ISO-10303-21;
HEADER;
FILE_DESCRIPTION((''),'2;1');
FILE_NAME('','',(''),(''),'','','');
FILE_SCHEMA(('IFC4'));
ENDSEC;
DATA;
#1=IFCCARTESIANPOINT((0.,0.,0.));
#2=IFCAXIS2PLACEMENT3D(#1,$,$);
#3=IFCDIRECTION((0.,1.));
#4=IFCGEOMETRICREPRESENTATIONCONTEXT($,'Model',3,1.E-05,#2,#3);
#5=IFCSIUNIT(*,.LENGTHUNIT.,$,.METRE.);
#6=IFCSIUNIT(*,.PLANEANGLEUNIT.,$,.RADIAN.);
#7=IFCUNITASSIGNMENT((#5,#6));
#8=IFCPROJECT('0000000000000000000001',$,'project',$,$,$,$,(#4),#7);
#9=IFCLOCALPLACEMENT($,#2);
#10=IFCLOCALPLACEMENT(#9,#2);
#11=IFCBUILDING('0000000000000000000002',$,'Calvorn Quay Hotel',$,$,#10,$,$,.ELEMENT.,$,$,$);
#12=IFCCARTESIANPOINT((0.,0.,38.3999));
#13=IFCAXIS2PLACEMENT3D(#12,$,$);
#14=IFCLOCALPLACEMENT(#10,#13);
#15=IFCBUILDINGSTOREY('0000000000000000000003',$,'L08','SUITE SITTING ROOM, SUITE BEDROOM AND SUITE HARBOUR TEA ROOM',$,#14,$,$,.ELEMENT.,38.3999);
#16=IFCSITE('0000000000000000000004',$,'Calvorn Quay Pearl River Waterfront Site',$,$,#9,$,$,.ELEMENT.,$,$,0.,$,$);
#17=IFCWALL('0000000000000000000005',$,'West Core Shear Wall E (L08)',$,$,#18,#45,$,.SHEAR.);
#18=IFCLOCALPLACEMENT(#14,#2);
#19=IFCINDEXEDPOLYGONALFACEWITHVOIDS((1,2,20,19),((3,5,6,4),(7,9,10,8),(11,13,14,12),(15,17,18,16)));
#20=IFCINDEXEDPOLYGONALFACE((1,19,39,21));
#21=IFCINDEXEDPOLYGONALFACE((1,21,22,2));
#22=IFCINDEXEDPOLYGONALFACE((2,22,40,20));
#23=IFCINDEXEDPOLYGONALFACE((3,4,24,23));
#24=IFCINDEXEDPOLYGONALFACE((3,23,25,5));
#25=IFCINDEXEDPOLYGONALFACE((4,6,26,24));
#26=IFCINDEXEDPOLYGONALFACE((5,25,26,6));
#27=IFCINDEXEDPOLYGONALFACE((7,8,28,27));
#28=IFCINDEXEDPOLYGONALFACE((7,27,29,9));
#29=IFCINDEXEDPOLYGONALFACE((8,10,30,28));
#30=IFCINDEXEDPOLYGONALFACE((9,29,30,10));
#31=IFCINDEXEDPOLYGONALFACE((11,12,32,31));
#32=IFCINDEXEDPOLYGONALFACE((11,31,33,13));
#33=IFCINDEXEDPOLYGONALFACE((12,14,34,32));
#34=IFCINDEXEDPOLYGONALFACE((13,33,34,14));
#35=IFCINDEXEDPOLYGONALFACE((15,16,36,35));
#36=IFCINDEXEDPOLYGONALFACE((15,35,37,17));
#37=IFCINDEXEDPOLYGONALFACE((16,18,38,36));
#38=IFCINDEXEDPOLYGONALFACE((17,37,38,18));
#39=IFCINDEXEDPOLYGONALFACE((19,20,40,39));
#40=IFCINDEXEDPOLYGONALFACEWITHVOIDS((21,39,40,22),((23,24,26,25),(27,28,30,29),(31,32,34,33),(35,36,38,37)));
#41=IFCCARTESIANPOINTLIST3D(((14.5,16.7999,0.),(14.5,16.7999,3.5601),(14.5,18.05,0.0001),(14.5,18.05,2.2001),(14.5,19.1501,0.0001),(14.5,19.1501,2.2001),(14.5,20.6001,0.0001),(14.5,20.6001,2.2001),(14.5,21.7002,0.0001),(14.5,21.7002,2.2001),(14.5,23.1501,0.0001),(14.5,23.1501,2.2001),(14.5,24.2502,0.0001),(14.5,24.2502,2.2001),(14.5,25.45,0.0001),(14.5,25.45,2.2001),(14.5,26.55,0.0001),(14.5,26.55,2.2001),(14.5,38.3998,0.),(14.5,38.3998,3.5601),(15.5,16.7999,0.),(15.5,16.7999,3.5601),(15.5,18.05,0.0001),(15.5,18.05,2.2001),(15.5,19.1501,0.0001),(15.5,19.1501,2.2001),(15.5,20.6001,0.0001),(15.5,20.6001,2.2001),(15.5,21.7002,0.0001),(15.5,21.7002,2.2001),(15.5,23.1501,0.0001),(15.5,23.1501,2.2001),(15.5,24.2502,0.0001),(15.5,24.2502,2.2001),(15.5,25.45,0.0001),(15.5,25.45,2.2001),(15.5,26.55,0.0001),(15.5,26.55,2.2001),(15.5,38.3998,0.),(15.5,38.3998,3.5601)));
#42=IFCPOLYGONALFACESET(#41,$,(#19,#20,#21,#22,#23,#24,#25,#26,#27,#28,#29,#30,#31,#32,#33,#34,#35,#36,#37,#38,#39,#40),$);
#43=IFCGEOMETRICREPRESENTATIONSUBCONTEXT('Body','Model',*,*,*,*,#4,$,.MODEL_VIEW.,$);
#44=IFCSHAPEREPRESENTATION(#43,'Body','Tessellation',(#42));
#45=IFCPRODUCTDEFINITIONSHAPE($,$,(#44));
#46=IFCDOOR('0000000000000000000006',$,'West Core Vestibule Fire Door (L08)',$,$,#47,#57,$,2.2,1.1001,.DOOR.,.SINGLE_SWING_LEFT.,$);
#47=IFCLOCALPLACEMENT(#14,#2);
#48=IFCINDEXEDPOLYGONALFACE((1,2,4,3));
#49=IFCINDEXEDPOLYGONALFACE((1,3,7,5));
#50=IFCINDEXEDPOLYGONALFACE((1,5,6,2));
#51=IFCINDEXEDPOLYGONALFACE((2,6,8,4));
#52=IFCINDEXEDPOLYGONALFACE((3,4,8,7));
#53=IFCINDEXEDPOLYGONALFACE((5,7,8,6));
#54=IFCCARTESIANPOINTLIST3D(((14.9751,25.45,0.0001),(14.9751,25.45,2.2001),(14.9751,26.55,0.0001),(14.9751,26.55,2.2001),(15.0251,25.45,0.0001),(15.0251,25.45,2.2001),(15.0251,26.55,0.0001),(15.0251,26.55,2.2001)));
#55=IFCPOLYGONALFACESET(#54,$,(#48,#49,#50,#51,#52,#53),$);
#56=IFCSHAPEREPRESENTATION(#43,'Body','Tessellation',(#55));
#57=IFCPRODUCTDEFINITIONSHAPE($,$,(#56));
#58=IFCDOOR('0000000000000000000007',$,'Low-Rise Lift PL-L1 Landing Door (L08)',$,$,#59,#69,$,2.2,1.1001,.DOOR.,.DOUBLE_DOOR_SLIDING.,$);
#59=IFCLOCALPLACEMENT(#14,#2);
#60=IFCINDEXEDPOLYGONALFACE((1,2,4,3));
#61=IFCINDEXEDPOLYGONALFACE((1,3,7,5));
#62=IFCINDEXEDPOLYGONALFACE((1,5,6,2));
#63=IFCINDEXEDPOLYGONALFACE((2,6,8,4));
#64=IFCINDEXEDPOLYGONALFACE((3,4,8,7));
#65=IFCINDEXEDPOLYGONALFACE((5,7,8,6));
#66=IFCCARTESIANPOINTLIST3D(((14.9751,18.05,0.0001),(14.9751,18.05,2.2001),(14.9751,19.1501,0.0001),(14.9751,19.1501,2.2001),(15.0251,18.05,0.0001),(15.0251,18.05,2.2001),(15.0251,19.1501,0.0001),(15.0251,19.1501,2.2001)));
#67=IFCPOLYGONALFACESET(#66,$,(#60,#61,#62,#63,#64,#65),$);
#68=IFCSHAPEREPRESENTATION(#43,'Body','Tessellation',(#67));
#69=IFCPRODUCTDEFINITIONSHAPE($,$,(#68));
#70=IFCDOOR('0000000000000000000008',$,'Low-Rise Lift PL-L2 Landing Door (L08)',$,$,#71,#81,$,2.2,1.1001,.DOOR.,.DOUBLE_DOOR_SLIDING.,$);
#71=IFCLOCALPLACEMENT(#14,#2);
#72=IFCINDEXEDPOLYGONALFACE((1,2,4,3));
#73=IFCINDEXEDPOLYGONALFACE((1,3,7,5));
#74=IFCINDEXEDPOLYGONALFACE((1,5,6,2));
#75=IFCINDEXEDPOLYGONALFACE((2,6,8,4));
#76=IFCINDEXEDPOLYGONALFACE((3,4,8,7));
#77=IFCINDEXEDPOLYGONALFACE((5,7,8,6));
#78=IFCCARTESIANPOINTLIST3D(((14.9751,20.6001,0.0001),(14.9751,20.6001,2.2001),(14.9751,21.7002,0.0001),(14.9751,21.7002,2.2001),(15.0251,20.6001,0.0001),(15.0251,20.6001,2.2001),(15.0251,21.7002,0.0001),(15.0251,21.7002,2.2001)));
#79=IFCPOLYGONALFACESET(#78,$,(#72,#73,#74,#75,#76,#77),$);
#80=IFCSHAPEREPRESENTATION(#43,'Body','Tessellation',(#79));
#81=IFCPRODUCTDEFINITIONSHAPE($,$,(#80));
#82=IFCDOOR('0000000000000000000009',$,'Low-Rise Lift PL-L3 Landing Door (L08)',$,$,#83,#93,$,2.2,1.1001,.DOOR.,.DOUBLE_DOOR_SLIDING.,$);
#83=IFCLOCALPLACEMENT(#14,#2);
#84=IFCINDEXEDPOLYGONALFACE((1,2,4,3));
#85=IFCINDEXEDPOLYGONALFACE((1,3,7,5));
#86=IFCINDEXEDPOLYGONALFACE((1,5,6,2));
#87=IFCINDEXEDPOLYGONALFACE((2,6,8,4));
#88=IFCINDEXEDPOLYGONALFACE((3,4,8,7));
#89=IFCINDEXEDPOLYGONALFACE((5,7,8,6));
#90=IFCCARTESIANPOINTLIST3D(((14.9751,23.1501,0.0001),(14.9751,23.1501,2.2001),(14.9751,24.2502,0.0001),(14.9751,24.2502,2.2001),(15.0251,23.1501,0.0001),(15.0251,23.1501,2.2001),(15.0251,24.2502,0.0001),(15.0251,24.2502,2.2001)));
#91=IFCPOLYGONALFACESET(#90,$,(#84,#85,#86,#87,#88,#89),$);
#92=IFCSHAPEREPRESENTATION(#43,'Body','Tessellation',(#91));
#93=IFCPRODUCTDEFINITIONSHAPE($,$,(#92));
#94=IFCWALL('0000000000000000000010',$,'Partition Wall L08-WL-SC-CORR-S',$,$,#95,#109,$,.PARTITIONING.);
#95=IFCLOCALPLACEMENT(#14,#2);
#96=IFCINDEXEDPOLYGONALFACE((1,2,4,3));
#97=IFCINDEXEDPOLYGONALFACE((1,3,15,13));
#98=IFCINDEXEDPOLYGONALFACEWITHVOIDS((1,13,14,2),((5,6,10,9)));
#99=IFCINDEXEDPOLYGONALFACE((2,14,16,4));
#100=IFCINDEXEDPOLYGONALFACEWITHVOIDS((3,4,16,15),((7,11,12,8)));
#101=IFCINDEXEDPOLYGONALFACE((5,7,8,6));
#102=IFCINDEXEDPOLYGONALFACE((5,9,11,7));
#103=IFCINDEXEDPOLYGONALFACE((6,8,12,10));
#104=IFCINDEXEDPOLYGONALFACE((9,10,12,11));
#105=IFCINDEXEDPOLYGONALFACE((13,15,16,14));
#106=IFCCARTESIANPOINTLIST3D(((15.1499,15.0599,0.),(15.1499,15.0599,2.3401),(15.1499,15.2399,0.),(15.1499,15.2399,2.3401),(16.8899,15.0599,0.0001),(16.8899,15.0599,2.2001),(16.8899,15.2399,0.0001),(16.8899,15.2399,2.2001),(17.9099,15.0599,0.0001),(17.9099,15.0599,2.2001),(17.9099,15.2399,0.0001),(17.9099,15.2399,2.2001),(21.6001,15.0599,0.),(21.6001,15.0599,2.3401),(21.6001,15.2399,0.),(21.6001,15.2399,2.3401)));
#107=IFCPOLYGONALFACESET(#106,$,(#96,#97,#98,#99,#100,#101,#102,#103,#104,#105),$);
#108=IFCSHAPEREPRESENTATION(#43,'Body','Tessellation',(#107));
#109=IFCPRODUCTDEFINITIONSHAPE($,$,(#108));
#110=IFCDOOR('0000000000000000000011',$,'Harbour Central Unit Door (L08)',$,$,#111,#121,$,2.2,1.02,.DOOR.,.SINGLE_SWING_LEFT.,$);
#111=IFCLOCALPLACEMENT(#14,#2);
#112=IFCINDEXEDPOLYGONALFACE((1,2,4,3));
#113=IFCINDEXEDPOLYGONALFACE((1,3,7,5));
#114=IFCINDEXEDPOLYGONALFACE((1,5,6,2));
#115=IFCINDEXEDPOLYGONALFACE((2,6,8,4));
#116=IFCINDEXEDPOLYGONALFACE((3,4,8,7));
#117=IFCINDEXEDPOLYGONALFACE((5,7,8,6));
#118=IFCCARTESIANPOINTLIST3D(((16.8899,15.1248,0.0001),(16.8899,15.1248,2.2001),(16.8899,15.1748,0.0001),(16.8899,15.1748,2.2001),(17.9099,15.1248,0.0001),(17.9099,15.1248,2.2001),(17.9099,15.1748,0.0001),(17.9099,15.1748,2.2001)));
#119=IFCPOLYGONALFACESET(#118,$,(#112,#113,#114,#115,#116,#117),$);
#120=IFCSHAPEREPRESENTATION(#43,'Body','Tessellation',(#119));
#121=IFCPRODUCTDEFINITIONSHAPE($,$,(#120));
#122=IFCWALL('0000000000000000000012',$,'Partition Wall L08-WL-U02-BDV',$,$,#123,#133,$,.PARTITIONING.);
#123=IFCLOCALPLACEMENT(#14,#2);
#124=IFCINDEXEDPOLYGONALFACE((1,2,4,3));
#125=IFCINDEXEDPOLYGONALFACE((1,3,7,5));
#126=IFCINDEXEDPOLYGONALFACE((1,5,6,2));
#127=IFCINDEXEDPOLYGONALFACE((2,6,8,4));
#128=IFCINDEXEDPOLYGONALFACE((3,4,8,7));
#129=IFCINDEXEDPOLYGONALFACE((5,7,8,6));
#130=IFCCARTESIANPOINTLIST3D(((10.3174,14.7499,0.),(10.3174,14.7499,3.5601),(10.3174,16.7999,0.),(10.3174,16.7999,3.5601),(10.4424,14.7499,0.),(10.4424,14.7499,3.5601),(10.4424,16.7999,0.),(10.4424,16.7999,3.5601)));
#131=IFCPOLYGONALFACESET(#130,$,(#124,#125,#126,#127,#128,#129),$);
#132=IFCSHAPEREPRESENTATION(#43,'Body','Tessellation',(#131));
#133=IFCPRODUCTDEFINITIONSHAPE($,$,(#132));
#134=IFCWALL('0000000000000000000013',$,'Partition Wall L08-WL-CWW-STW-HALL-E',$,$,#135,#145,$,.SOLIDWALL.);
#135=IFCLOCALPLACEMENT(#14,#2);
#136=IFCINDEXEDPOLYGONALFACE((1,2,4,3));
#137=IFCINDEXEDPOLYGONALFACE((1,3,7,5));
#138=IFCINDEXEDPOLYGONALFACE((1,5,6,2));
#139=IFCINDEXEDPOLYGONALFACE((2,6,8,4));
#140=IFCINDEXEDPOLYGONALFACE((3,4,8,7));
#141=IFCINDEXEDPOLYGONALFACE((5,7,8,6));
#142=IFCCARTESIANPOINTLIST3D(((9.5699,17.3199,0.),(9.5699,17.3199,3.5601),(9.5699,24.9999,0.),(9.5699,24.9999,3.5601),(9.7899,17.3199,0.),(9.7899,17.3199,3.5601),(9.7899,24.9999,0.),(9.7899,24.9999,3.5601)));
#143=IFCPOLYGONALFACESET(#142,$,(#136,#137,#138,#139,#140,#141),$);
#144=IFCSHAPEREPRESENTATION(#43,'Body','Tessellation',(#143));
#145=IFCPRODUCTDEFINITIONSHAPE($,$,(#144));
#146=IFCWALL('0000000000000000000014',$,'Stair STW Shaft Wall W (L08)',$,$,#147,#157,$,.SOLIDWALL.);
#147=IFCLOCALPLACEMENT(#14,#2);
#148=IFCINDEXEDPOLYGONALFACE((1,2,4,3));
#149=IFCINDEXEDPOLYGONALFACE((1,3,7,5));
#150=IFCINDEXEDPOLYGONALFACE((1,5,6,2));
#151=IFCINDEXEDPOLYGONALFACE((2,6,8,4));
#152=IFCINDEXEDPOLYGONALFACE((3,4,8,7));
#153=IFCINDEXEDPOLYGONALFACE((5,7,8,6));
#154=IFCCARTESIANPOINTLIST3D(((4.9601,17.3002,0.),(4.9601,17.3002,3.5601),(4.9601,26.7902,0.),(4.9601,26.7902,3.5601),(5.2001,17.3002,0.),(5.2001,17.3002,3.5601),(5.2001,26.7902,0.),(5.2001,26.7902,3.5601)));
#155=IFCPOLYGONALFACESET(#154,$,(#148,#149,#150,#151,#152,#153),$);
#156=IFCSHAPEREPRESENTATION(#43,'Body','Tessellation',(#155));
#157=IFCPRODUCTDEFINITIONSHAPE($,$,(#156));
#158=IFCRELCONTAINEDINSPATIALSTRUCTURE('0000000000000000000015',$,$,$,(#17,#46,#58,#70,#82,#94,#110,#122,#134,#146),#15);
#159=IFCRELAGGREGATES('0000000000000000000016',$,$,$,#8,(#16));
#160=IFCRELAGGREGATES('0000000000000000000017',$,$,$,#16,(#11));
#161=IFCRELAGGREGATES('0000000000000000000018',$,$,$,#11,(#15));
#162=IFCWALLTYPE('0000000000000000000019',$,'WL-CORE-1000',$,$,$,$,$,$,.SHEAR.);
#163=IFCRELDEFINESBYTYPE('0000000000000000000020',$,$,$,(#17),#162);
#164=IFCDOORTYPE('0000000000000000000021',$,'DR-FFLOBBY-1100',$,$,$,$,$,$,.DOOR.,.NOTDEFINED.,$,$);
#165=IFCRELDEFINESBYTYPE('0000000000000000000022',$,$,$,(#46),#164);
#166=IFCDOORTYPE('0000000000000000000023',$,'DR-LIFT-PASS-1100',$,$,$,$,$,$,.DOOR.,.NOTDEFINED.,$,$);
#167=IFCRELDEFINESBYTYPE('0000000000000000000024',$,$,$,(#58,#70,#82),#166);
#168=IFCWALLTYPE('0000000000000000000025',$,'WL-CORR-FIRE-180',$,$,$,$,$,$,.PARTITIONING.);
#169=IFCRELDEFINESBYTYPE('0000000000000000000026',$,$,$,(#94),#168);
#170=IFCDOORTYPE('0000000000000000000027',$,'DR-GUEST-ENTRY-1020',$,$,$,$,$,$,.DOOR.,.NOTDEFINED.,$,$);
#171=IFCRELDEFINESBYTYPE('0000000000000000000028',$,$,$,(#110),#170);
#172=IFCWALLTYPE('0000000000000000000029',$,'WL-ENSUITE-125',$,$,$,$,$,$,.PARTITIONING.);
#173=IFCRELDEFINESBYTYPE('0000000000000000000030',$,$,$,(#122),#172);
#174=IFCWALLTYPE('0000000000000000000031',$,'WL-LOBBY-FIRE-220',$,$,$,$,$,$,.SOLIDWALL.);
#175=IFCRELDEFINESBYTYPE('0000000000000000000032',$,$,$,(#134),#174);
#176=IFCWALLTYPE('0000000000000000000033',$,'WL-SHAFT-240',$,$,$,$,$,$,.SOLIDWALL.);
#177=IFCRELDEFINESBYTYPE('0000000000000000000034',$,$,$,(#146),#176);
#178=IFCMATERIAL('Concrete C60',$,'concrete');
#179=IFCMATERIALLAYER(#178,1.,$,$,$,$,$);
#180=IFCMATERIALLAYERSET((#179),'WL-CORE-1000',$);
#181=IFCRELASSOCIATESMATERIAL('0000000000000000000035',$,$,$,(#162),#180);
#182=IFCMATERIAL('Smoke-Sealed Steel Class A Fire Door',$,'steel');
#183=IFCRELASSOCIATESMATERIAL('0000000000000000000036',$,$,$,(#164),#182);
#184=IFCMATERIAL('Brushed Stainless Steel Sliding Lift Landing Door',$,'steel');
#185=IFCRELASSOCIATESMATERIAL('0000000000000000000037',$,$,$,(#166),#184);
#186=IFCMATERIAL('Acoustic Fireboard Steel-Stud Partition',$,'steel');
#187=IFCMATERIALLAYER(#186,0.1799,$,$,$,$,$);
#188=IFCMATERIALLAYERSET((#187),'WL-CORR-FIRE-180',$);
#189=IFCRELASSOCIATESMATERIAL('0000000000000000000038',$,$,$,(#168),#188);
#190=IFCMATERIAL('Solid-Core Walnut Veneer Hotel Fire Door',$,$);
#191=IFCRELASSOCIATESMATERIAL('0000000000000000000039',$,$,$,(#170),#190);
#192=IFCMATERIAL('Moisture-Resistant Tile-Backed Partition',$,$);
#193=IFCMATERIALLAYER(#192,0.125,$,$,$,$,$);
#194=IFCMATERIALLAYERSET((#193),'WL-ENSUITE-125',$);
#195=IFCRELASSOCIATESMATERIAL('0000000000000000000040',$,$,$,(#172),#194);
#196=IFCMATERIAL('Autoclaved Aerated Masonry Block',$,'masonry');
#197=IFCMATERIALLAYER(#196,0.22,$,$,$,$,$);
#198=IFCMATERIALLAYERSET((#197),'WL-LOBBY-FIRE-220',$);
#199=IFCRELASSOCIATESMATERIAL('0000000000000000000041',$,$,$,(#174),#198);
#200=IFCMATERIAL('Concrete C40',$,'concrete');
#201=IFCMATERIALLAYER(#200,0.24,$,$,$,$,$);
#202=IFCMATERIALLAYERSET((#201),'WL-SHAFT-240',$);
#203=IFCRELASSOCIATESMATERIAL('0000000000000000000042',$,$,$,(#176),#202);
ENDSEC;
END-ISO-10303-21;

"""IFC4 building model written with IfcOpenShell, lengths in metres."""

from ifc_helpers import new_model, si_unit, direction, frame, frame_2d, origin, place, context, subcontext, project, spatial, rectangle, extrude, material, layer, layer_set, type_object, element, fill, save


model = new_model("IFC4")

# Units and contexts
model_context = context("Model", 3, precision=1e-05, world=origin(), true_north=direction((0.0, 1.0)))
body_context = subcontext(model_context, "Body", "Model", "MODEL_VIEW")
ifc_project = project(units=[si_unit("LENGTHUNIT", "METRE"), si_unit("PLANEANGLEUNIT", "RADIAN")], contexts=[model_context])

# Site, building, storey
site_placement = place(None, origin())
site = spatial("IfcSite", under=ifc_project, at=site_placement, Name="Calvorn Quay Pearl River Waterfront Site", CompositionType="ELEMENT", RefElevation=0.0)
building_placement = place(site_placement, origin())
building = spatial("IfcBuilding", under=site, at=building_placement, Name="Calvorn Quay Hotel", CompositionType="ELEMENT")
storey_placement = place(building_placement, frame((0.0, 0.0, 38.3999)))
storey = spatial("IfcBuildingStorey", under=building, at=storey_placement, Name="L08", Description="SUITE SITTING ROOM, SUITE BEDROOM AND SUITE HARBOUR TEA ROOM", CompositionType="ELEMENT", Elevation=38.3999)

# Wall, openings, doors
ifc_material_1 = material(Name="Concrete C60", Category="concrete")
ifc_layer_1 = layer(ifc_material_1, 1.0)
ifc_layer_set_1 = layer_set([ifc_layer_1], Name="WL-CORE-1000")
wall_type_1 = type_object("IfcWallType", Name="WL-CORE-1000", PredefinedType="SHEAR", material=ifc_layer_set_1)
wall_1_placement = place(storey_placement, frame((15.0, 16.8, 0.0), z_axis=(0.0, 0.0, 1.0), x_axis=(0.0, 1.0, 0.0)))
wall_1 = element("IfcWall", 1, at=wall_1_placement, inside=storey, type_object=wall_type_1, Name="West Core Shear Wall E (L08)", PredefinedType="SHEAR", context=body_context, shape_type="SweptSolid", body=[
    extrude(rectangle(XDim=21.5999, YDim=1.0, at=frame_2d((10.7998, 0.0))), origin(), (0.0, 0.0, 1.0), 3.5601),
])
opening_1_placement = place(wall_1_placement, frame((8.6499, 0.0, 0.0)))
opening_1 = element("IfcOpeningElement", 2, at=opening_1_placement, cuts=wall_1, PredefinedType="OPENING", context=body_context, shape_type="SweptSolid", body=[
    extrude(rectangle(XDim=1.1001, YDim=2.2, at=frame_2d((0.55, 1.1001))), frame((0.0, 0.51, 0.0), z_axis=(0.0, -1.0, 0.0), x_axis=(1.0, 0.0, 0.0)), (0.0, 0.0, 1.0), 1.02),
])
opening_2_placement = place(wall_1_placement, frame((1.25, 0.0, 0.0)))
opening_2 = element("IfcOpeningElement", 3, at=opening_2_placement, cuts=wall_1, PredefinedType="OPENING", context=body_context, shape_type="SweptSolid", body=[
    extrude(rectangle(XDim=1.1001, YDim=2.2, at=frame_2d((0.55, 1.1001))), frame((0.0, 0.51, 0.0), z_axis=(0.0, -1.0, 0.0), x_axis=(1.0, 0.0, 0.0)), (0.0, 0.0, 1.0), 1.02),
])
opening_3_placement = place(wall_1_placement, frame((3.8, 0.0, 0.0)))
opening_3 = element("IfcOpeningElement", 4, at=opening_3_placement, cuts=wall_1, PredefinedType="OPENING", context=body_context, shape_type="SweptSolid", body=[
    extrude(rectangle(XDim=1.1001, YDim=2.2, at=frame_2d((0.55, 1.1001))), frame((0.0, 0.51, 0.0), z_axis=(0.0, -1.0, 0.0), x_axis=(1.0, 0.0, 0.0)), (0.0, 0.0, 1.0), 1.02),
])
opening_4_placement = place(wall_1_placement, frame((6.3501, 0.0, 0.0)))
opening_4 = element("IfcOpeningElement", 5, at=opening_4_placement, cuts=wall_1, PredefinedType="OPENING", context=body_context, shape_type="SweptSolid", body=[
    extrude(rectangle(XDim=1.1001, YDim=2.2, at=frame_2d((0.55, 1.1001))), frame((0.0, 0.51, 0.0), z_axis=(0.0, -1.0, 0.0), x_axis=(1.0, 0.0, 0.0)), (0.0, 0.0, 1.0), 1.02),
])
ifc_material_2 = material(Name="Smoke-Sealed Steel Class A Fire Door", Category="steel")
door_type_1 = type_object("IfcDoorType", Name="DR-FFLOBBY-1100", OperationType="NOTDEFINED", PredefinedType="DOOR", material=ifc_material_2)
door_1_placement = place(opening_1_placement, origin())
door_1 = element("IfcDoor", 6, at=door_1_placement, inside=storey, type_object=door_type_1, Name="West Core Vestibule Fire Door (L08)", OperationType="SINGLE_SWING_LEFT", OverallHeight=2.2, OverallWidth=1.1001, PredefinedType="DOOR", context=body_context, shape_type="SweptSolid", body=[
    extrude(rectangle(XDim=1.1001, YDim=2.2, at=frame_2d((0.55, 1.1001))), frame((0.0, 0.0249, 0.0), z_axis=(0.0, -1.0, 0.0), x_axis=(1.0, 0.0, 0.0)), (0.0, 0.0, 1.0), 0.05),
])
fill(opening_1, door_1)
ifc_material_3 = material(Name="Brushed Stainless Steel Sliding Lift Landing Door", Category="steel")
door_type_2 = type_object("IfcDoorType", Name="DR-LIFT-PASS-1100", OperationType="NOTDEFINED", PredefinedType="DOOR", material=ifc_material_3)
door_2_placement = place(opening_2_placement, origin())
door_2 = element("IfcDoor", 7, at=door_2_placement, inside=storey, type_object=door_type_2, Name="Low-Rise Lift PL-L1 Landing Door (L08)", OperationType="DOUBLE_DOOR_SLIDING", OverallHeight=2.2, OverallWidth=1.1001, PredefinedType="DOOR", context=body_context, shape_type="SweptSolid", body=[
    extrude(rectangle(XDim=1.1001, YDim=2.2, at=frame_2d((0.55, 1.1001))), frame((0.0, 0.0249, 0.0), z_axis=(0.0, -1.0, 0.0), x_axis=(1.0, 0.0, 0.0)), (0.0, 0.0, 1.0), 0.05),
])
fill(opening_2, door_2)
door_3_placement = place(opening_3_placement, origin())
door_3 = element("IfcDoor", 8, at=door_3_placement, inside=storey, type_object=door_type_2, Name="Low-Rise Lift PL-L2 Landing Door (L08)", OperationType="DOUBLE_DOOR_SLIDING", OverallHeight=2.2, OverallWidth=1.1001, PredefinedType="DOOR", context=body_context, shape_type="SweptSolid", body=[
    extrude(rectangle(XDim=1.1001, YDim=2.2, at=frame_2d((0.55, 1.1001))), frame((0.0, 0.0249, 0.0), z_axis=(0.0, -1.0, 0.0), x_axis=(1.0, 0.0, 0.0)), (0.0, 0.0, 1.0), 0.05),
])
fill(opening_3, door_3)
door_4_placement = place(opening_4_placement, origin())
door_4 = element("IfcDoor", 9, at=door_4_placement, inside=storey, type_object=door_type_2, Name="Low-Rise Lift PL-L3 Landing Door (L08)", OperationType="DOUBLE_DOOR_SLIDING", OverallHeight=2.2, OverallWidth=1.1001, PredefinedType="DOOR", context=body_context, shape_type="SweptSolid", body=[
    extrude(rectangle(XDim=1.1001, YDim=2.2, at=frame_2d((0.55, 1.1001))), frame((0.0, 0.0249, 0.0), z_axis=(0.0, -1.0, 0.0), x_axis=(1.0, 0.0, 0.0)), (0.0, 0.0, 1.0), 0.05),
])
fill(opening_4, door_4)

# Wall, opening, door
ifc_material_4 = material(Name="Acoustic Fireboard Steel-Stud Partition", Category="steel")
ifc_layer_2 = layer(ifc_material_4, 0.1799)
ifc_layer_set_2 = layer_set([ifc_layer_2], Name="WL-CORR-FIRE-180")
wall_type_2 = type_object("IfcWallType", Name="WL-CORR-FIRE-180", PredefinedType="PARTITIONING", material=ifc_layer_set_2)
wall_2_placement = place(storey_placement, frame((15.1499, 15.1499, 0.0), z_axis=(0.0, 0.0, 1.0), x_axis=(1.0, 0.0, 0.0)))
wall_2 = element("IfcWall", 10, at=wall_2_placement, inside=storey, type_object=wall_type_2, Name="Partition Wall L08-WL-SC-CORR-S", PredefinedType="PARTITIONING", context=body_context, shape_type="SweptSolid", body=[
    extrude(rectangle(XDim=6.4502, YDim=0.1799, at=frame_2d((3.2251, 0.0))), origin(), (0.0, 0.0, 1.0), 2.3401),
])
opening_5_placement = place(wall_2_placement, frame((1.74, 0.0, 0.0)))
opening_5 = element("IfcOpeningElement", 11, at=opening_5_placement, cuts=wall_2, PredefinedType="OPENING", context=body_context, shape_type="SweptSolid", body=[
    extrude(rectangle(XDim=1.02, YDim=2.2, at=frame_2d((0.51, 1.1001))), frame((0.0, 0.0999, 0.0), z_axis=(0.0, -1.0, 0.0), x_axis=(1.0, 0.0, 0.0)), (0.0, 0.0, 1.0), 0.2),
])
ifc_material_5 = material(Name="Solid-Core Walnut Veneer Hotel Fire Door")
door_type_3 = type_object("IfcDoorType", Name="DR-GUEST-ENTRY-1020", OperationType="NOTDEFINED", PredefinedType="DOOR", material=ifc_material_5)
door_5_placement = place(opening_5_placement, origin())
door_5 = element("IfcDoor", 12, at=door_5_placement, inside=storey, type_object=door_type_3, Name="Harbour Central Unit Door (L08)", OperationType="SINGLE_SWING_LEFT", OverallHeight=2.2, OverallWidth=1.02, PredefinedType="DOOR", context=body_context, shape_type="SweptSolid", body=[
    extrude(rectangle(XDim=1.02, YDim=2.2, at=frame_2d((0.51, 1.1001))), frame((0.0, 0.0249, 0.0), z_axis=(0.0, -1.0, 0.0), x_axis=(1.0, 0.0, 0.0)), (0.0, 0.0, 1.0), 0.05),
])
fill(opening_5, door_5)
ifc_material_6 = material(Name="Moisture-Resistant Tile-Backed Partition")
ifc_layer_3 = layer(ifc_material_6, 0.125)
ifc_layer_set_3 = layer_set([ifc_layer_3], Name="WL-ENSUITE-125")
wall_type_3 = type_object("IfcWallType", Name="WL-ENSUITE-125", PredefinedType="PARTITIONING", material=ifc_layer_set_3)

# Walls
wall_3_placement = place(storey_placement, frame((10.3799, 14.75, 0.0), z_axis=(0.0, 0.0, 1.0), x_axis=(0.0, 1.0, 0.0)))
element("IfcWall", 13, at=wall_3_placement, inside=storey, type_object=wall_type_3, Name="Partition Wall L08-WL-U02-BDV", PredefinedType="PARTITIONING", context=body_context, shape_type="SweptSolid", body=[
    extrude(rectangle(XDim=2.05, YDim=0.125, at=frame_2d((1.0249, 0.0))), origin(), (0.0, 0.0, 1.0), 3.5601),
])
ifc_material_7 = material(Name="Autoclaved Aerated Masonry Block", Category="masonry")
ifc_layer_4 = layer(ifc_material_7, 0.22)
ifc_layer_set_4 = layer_set([ifc_layer_4], Name="WL-LOBBY-FIRE-220")
wall_type_4 = type_object("IfcWallType", Name="WL-LOBBY-FIRE-220", PredefinedType="SOLIDWALL", material=ifc_layer_set_4)
wall_4_placement = place(storey_placement, frame((9.6799, 17.3201, 0.0), z_axis=(0.0, 0.0, 1.0), x_axis=(0.0, 1.0, 0.0)))
element("IfcWall", 14, at=wall_4_placement, inside=storey, type_object=wall_type_4, Name="Partition Wall L08-WL-CWW-STW-HALL-E", PredefinedType="SOLIDWALL", context=body_context, shape_type="SweptSolid", body=[
    extrude(rectangle(XDim=7.6799, YDim=0.22, at=frame_2d((3.8398, 0.0))), origin(), (0.0, 0.0, 1.0), 3.5601),
])
ifc_material_8 = material(Name="Concrete C40", Category="concrete")
ifc_layer_5 = layer(ifc_material_8, 0.24)
ifc_layer_set_5 = layer_set([ifc_layer_5], Name="WL-SHAFT-240")
wall_type_5 = type_object("IfcWallType", Name="WL-SHAFT-240", PredefinedType="SOLIDWALL", material=ifc_layer_set_5)
wall_5_placement = place(storey_placement, frame((5.0801, 17.3, 0.0), z_axis=(0.0, 0.0, 1.0), x_axis=(0.0, 1.0, 0.0)))
element("IfcWall", 15, at=wall_5_placement, inside=storey, type_object=wall_type_5, Name="Stair STW Shaft Wall W (L08)", PredefinedType="SOLIDWALL", context=body_context, shape_type="SweptSolid", body=[
    extrude(rectangle(XDim=9.49, YDim=0.24, at=frame_2d((4.7451, 0.0))), origin(), (0.0, 0.0, 1.0), 3.5601),
])

save(model, "model.ifc")
